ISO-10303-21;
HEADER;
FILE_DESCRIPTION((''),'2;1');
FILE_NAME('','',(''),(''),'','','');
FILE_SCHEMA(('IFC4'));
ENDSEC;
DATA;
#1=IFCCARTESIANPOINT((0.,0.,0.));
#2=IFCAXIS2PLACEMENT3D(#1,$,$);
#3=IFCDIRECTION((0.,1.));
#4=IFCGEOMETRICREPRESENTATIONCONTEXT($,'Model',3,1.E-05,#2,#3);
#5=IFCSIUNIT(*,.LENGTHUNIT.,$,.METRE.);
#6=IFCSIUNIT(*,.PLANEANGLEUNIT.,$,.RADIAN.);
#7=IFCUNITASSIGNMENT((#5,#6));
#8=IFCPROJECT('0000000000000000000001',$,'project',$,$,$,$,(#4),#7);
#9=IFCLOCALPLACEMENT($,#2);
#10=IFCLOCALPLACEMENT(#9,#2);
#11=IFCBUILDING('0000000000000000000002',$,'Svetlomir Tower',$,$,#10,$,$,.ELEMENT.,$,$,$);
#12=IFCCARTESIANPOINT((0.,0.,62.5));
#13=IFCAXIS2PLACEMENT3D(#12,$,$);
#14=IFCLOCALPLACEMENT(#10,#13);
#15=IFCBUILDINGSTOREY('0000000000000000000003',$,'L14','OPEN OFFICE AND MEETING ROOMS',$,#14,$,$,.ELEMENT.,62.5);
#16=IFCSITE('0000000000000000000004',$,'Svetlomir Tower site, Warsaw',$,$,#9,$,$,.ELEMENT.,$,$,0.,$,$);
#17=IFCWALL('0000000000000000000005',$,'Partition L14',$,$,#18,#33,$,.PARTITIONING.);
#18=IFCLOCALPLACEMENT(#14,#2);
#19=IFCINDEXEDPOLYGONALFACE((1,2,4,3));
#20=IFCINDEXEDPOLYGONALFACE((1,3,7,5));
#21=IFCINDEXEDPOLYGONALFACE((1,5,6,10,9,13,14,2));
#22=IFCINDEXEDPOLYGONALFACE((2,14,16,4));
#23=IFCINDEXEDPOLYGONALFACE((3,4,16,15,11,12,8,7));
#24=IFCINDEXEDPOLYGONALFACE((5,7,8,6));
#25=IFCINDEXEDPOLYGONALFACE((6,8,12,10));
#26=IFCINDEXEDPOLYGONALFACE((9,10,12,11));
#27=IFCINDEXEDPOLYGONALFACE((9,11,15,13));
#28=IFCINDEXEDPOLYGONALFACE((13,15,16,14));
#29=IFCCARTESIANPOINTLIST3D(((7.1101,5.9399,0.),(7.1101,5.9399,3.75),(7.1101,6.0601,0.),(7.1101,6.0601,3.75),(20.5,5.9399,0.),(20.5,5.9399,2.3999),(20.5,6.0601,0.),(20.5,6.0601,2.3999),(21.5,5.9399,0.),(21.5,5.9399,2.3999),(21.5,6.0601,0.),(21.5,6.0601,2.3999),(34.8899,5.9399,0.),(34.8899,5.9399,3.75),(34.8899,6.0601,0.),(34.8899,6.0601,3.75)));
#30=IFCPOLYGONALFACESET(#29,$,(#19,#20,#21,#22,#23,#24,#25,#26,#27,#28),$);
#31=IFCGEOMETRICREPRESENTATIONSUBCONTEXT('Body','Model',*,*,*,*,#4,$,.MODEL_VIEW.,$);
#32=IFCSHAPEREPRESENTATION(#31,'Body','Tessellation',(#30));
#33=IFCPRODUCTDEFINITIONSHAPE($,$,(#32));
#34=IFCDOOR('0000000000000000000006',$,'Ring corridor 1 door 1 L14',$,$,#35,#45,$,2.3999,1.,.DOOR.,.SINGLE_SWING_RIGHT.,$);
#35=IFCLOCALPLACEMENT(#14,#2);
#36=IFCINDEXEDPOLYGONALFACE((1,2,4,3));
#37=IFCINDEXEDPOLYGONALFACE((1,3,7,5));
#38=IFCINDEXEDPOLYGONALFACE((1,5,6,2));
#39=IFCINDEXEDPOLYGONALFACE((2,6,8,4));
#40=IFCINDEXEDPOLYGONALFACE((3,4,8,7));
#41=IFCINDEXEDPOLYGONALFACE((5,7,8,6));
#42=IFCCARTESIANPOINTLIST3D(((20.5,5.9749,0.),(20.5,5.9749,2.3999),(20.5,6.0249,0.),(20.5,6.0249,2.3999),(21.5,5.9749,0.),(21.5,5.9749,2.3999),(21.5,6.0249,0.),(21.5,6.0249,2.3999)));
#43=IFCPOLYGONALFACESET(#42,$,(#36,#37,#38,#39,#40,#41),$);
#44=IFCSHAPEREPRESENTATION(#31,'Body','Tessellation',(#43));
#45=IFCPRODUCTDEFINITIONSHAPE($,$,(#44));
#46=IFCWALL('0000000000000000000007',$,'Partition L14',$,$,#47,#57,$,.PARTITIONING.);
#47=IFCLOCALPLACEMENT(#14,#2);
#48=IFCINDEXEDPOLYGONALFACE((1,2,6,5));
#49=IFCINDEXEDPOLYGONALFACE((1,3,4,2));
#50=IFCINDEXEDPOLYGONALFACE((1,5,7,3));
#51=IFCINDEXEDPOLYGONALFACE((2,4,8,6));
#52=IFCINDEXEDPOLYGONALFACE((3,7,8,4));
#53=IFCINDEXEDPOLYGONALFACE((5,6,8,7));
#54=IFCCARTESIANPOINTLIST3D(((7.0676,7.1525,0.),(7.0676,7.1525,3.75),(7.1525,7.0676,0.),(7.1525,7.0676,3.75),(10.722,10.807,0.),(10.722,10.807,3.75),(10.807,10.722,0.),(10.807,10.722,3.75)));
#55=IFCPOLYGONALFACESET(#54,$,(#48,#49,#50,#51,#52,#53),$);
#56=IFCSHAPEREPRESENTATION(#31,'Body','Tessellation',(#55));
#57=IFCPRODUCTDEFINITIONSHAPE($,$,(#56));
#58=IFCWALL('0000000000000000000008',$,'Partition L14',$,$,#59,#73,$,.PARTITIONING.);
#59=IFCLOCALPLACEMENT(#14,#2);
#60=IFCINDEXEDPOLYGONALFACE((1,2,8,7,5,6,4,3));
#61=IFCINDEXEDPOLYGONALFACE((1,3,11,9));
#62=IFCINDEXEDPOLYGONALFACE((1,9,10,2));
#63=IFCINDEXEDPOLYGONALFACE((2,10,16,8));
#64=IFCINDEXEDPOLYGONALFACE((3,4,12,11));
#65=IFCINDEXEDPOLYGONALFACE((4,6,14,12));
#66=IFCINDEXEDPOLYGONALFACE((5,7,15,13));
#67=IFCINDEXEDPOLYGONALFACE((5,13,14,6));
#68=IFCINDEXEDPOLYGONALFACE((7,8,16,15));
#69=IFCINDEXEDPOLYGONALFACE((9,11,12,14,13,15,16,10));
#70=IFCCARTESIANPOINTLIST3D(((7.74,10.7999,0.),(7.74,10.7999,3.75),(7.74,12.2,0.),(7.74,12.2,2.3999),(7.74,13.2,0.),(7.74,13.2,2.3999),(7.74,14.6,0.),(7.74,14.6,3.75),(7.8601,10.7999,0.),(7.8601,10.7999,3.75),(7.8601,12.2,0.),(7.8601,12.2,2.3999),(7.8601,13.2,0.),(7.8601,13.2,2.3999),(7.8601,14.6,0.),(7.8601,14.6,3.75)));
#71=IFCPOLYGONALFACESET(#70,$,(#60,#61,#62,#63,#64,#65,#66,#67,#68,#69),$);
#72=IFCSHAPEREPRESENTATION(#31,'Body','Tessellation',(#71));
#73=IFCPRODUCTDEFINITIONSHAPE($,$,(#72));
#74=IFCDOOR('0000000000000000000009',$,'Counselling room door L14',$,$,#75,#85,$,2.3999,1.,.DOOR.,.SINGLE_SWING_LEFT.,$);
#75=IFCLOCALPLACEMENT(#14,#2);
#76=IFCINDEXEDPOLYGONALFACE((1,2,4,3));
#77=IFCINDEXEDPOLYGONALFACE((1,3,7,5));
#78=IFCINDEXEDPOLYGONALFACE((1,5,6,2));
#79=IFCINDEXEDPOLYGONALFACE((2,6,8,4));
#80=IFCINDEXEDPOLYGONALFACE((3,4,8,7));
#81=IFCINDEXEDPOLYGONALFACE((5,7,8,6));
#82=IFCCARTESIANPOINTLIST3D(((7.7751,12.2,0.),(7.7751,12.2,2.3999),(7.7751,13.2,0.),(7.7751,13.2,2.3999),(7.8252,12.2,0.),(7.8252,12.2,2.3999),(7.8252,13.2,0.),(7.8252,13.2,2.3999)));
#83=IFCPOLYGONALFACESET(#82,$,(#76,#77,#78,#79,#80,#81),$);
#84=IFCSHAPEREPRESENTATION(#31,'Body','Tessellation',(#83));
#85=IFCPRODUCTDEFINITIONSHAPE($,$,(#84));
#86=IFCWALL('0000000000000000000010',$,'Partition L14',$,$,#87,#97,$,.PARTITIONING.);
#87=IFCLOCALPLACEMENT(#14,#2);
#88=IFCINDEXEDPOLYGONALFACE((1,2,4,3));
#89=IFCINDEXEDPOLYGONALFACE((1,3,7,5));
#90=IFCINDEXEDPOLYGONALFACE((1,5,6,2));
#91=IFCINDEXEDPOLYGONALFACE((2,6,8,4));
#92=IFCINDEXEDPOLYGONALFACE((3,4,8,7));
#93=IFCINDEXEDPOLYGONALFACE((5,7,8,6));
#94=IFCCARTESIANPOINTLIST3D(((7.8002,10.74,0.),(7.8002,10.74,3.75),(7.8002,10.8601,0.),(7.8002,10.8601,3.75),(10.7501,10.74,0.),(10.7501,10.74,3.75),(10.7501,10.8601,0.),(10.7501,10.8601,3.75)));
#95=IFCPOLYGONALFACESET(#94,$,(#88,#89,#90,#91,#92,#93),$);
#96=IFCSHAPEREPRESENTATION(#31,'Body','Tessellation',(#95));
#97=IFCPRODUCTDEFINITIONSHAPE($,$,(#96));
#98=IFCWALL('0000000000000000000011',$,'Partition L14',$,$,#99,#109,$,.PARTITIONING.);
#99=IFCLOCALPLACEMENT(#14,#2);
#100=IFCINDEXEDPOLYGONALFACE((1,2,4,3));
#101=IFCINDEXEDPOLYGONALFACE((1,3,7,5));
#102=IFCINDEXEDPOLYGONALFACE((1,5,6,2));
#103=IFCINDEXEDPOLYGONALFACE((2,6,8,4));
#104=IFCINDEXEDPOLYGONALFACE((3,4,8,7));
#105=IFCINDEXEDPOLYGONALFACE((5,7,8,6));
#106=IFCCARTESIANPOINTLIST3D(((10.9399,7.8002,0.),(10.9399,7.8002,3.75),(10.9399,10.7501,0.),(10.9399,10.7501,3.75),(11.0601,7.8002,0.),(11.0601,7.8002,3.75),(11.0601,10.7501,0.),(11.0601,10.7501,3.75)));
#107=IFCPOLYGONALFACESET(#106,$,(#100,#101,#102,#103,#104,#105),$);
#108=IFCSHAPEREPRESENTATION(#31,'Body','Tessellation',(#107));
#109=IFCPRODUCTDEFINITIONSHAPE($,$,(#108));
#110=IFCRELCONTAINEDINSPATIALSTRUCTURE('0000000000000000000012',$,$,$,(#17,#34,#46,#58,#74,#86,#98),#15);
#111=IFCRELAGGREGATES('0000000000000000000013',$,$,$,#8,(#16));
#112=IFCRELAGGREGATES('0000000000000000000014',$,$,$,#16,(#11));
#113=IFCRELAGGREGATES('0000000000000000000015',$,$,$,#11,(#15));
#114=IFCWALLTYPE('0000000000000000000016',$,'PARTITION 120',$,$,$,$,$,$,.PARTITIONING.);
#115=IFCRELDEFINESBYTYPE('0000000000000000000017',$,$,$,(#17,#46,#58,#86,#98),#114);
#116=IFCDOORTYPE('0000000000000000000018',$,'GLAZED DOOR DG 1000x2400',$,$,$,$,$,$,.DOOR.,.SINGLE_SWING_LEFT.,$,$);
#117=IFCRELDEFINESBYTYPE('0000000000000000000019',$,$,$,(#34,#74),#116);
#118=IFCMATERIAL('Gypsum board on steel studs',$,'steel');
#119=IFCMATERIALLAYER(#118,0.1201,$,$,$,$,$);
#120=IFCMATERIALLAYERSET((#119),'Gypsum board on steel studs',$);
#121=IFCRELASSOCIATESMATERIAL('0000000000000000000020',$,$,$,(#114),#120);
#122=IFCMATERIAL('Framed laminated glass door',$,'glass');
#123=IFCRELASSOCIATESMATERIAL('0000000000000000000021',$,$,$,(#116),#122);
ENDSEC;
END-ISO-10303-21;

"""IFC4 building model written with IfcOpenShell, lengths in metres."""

from ifc_helpers import new_model, si_unit, direction, frame, frame_2d, origin, place, context, subcontext, project, spatial, rectangle, extrude, material, layer, layer_set, type_object, element, fill, save


model = new_model("IFC4")

# Units and contexts
model_context = context("Model", 3, precision=1e-05, world=origin(), true_north=direction((0.0, 1.0)))
body_context = subcontext(model_context, "Body", "Model", "MODEL_VIEW")
ifc_project = project(units=[si_unit("LENGTHUNIT", "METRE"), si_unit("PLANEANGLEUNIT", "RADIAN")], contexts=[model_context])

# Site, building, storey
site_placement = place(None, origin())
site = spatial("IfcSite", under=ifc_project, at=site_placement, Name="Svetlomir Tower site, Warsaw", CompositionType="ELEMENT", RefElevation=0.0)
building_placement = place(site_placement, origin())
building = spatial("IfcBuilding", under=site, at=building_placement, Name="Svetlomir Tower", CompositionType="ELEMENT")
storey_placement = place(building_placement, frame((0.0, 0.0, 62.5)))
storey = spatial("IfcBuildingStorey", under=building, at=storey_placement, Name="L14", Description="OPEN OFFICE AND MEETING ROOMS", CompositionType="ELEMENT", Elevation=62.5)

# Wall, opening, door
ifc_material_1 = material(Name="Gypsum board on steel studs", Category="steel")
ifc_layer_1 = layer(ifc_material_1, 0.1201)
ifc_layer_set_1 = layer_set([ifc_layer_1], Name="Gypsum board on steel studs")
wall_type_1 = type_object("IfcWallType", Name="PARTITION 120", PredefinedType="PARTITIONING", material=ifc_layer_set_1)
ifc_material_2 = material(Name="Framed laminated glass door", Category="glass")
door_type_1 = type_object("IfcDoorType", Name="GLAZED DOOR DG 1000x2400", OperationType="SINGLE_SWING_LEFT", PredefinedType="DOOR", material=ifc_material_2)
wall_1_placement = place(storey_placement, frame((7.1101, 6.0, 0.0), z_axis=(0.0, 0.0, 1.0), x_axis=(1.0, 0.0, 0.0)))
wall_1 = element("IfcWall", 1, at=wall_1_placement, inside=storey, type_object=wall_type_1, Name="Partition L14", PredefinedType="PARTITIONING", context=body_context, shape_type="SweptSolid", body=[
    extrude(rectangle(XDim=27.7798, YDim=0.1201, at=frame_2d((13.8899, 0.0))), origin(), (0.0, 0.0, 1.0), 3.75),
])
opening_1_placement = place(wall_1_placement, frame((13.3899, 0.0, 0.0)))
opening_1 = element("IfcOpeningElement", 2, at=opening_1_placement, cuts=wall_1, PredefinedType="OPENING", context=body_context, shape_type="SweptSolid", body=[
    extrude(rectangle(XDim=1.0, YDim=2.3999, at=frame_2d((0.5, 1.2))), frame((0.0, 0.0701, 0.0), z_axis=(0.0, -1.0, 0.0), x_axis=(1.0, 0.0, 0.0)), (0.0, 0.0, 1.0), 0.1401),
])
door_1_placement = place(opening_1_placement, origin())
door_1 = element("IfcDoor", 3, at=door_1_placement, inside=storey, type_object=door_type_1, Name="Ring corridor 1 door 1 L14", OperationType="SINGLE_SWING_RIGHT", OverallHeight=2.3999, OverallWidth=1.0, PredefinedType="DOOR", context=body_context, shape_type="SweptSolid", body=[
    extrude(rectangle(XDim=1.0, YDim=2.3999, at=frame_2d((0.5, 1.2))), frame((0.0, 0.0249, 0.0), z_axis=(0.0, -1.0, 0.0), x_axis=(1.0, 0.0, 0.0)), (0.0, 0.0, 1.0), 0.05),
])
fill(opening_1, door_1)

# Wall
wall_2_placement = place(storey_placement, frame((7.1101, 7.1101, 0.0), z_axis=(0.0, 0.0, 1.0), x_axis=(0.707107, 0.707107, 0.0)))
element("IfcWall", 4, at=wall_2_placement, inside=storey, type_object=wall_type_1, Name="Partition L14", PredefinedType="PARTITIONING", context=body_context, shape_type="SweptSolid", body=[
    extrude(rectangle(XDim=5.1682, YDim=0.1201, at=frame_2d((2.584, 0.0))), origin(), (0.0, 0.0, 1.0), 3.75),
])

# Wall, opening, door
wall_3_placement = place(storey_placement, frame((7.8, 10.8, 0.0), z_axis=(0.0, 0.0, 1.0), x_axis=(0.0, 1.0, 0.0)))
wall_3 = element("IfcWall", 5, at=wall_3_placement, inside=storey, type_object=wall_type_1, Name="Partition L14", PredefinedType="PARTITIONING", context=body_context, shape_type="SweptSolid", body=[
    extrude(rectangle(XDim=3.8, YDim=0.1201, at=frame_2d((1.8999, 0.0))), origin(), (0.0, 0.0, 1.0), 3.75),
])
opening_2_placement = place(wall_3_placement, frame((1.3999, 0.0, 0.0)))
opening_2 = element("IfcOpeningElement", 6, at=opening_2_placement, cuts=wall_3, PredefinedType="OPENING", context=body_context, shape_type="SweptSolid", body=[
    extrude(rectangle(XDim=1.0, YDim=2.3999, at=frame_2d((0.5, 1.2))), frame((0.0, 0.0701, 0.0), z_axis=(0.0, -1.0, 0.0), x_axis=(1.0, 0.0, 0.0)), (0.0, 0.0, 1.0), 0.1401),
])
door_2_placement = place(opening_2_placement, origin())
door_2 = element("IfcDoor", 7, at=door_2_placement, inside=storey, type_object=door_type_1, Name="Counselling room door L14", OperationType="SINGLE_SWING_LEFT", OverallHeight=2.3999, OverallWidth=1.0, PredefinedType="DOOR", context=body_context, shape_type="SweptSolid", body=[
    extrude(rectangle(XDim=1.0, YDim=2.3999, at=frame_2d((0.5, 1.2))), frame((0.0, 0.0249, 0.0), z_axis=(0.0, -1.0, 0.0), x_axis=(1.0, 0.0, 0.0)), (0.0, 0.0, 1.0), 0.05),
])
fill(opening_2, door_2)

# Walls
for number, where, z_axis, x_axis, name in (
    (8, (7.8, 10.8, 0.0), (0.0, 0.0, 1.0), (1.0, 0.0, 0.0), "Partition L14"),
    (9, (11.0, 7.8, 0.0), (0.0, 0.0, 1.0), (0.0, 1.0, 0.0), "Partition L14"),
):
    element("IfcWall", number, at=place(storey_placement, frame(where, z_axis=z_axis, x_axis=x_axis)), inside=storey, type_object=wall_type_1, Name=name, PredefinedType="PARTITIONING", context=body_context, shape_type="SweptSolid", body=[
        extrude(rectangle(XDim=2.95, YDim=0.1201, at=frame_2d((1.4751, 0.0))), origin(), (0.0, 0.0, 1.0), 3.75),
    ])

save(model, "model.ifc")
